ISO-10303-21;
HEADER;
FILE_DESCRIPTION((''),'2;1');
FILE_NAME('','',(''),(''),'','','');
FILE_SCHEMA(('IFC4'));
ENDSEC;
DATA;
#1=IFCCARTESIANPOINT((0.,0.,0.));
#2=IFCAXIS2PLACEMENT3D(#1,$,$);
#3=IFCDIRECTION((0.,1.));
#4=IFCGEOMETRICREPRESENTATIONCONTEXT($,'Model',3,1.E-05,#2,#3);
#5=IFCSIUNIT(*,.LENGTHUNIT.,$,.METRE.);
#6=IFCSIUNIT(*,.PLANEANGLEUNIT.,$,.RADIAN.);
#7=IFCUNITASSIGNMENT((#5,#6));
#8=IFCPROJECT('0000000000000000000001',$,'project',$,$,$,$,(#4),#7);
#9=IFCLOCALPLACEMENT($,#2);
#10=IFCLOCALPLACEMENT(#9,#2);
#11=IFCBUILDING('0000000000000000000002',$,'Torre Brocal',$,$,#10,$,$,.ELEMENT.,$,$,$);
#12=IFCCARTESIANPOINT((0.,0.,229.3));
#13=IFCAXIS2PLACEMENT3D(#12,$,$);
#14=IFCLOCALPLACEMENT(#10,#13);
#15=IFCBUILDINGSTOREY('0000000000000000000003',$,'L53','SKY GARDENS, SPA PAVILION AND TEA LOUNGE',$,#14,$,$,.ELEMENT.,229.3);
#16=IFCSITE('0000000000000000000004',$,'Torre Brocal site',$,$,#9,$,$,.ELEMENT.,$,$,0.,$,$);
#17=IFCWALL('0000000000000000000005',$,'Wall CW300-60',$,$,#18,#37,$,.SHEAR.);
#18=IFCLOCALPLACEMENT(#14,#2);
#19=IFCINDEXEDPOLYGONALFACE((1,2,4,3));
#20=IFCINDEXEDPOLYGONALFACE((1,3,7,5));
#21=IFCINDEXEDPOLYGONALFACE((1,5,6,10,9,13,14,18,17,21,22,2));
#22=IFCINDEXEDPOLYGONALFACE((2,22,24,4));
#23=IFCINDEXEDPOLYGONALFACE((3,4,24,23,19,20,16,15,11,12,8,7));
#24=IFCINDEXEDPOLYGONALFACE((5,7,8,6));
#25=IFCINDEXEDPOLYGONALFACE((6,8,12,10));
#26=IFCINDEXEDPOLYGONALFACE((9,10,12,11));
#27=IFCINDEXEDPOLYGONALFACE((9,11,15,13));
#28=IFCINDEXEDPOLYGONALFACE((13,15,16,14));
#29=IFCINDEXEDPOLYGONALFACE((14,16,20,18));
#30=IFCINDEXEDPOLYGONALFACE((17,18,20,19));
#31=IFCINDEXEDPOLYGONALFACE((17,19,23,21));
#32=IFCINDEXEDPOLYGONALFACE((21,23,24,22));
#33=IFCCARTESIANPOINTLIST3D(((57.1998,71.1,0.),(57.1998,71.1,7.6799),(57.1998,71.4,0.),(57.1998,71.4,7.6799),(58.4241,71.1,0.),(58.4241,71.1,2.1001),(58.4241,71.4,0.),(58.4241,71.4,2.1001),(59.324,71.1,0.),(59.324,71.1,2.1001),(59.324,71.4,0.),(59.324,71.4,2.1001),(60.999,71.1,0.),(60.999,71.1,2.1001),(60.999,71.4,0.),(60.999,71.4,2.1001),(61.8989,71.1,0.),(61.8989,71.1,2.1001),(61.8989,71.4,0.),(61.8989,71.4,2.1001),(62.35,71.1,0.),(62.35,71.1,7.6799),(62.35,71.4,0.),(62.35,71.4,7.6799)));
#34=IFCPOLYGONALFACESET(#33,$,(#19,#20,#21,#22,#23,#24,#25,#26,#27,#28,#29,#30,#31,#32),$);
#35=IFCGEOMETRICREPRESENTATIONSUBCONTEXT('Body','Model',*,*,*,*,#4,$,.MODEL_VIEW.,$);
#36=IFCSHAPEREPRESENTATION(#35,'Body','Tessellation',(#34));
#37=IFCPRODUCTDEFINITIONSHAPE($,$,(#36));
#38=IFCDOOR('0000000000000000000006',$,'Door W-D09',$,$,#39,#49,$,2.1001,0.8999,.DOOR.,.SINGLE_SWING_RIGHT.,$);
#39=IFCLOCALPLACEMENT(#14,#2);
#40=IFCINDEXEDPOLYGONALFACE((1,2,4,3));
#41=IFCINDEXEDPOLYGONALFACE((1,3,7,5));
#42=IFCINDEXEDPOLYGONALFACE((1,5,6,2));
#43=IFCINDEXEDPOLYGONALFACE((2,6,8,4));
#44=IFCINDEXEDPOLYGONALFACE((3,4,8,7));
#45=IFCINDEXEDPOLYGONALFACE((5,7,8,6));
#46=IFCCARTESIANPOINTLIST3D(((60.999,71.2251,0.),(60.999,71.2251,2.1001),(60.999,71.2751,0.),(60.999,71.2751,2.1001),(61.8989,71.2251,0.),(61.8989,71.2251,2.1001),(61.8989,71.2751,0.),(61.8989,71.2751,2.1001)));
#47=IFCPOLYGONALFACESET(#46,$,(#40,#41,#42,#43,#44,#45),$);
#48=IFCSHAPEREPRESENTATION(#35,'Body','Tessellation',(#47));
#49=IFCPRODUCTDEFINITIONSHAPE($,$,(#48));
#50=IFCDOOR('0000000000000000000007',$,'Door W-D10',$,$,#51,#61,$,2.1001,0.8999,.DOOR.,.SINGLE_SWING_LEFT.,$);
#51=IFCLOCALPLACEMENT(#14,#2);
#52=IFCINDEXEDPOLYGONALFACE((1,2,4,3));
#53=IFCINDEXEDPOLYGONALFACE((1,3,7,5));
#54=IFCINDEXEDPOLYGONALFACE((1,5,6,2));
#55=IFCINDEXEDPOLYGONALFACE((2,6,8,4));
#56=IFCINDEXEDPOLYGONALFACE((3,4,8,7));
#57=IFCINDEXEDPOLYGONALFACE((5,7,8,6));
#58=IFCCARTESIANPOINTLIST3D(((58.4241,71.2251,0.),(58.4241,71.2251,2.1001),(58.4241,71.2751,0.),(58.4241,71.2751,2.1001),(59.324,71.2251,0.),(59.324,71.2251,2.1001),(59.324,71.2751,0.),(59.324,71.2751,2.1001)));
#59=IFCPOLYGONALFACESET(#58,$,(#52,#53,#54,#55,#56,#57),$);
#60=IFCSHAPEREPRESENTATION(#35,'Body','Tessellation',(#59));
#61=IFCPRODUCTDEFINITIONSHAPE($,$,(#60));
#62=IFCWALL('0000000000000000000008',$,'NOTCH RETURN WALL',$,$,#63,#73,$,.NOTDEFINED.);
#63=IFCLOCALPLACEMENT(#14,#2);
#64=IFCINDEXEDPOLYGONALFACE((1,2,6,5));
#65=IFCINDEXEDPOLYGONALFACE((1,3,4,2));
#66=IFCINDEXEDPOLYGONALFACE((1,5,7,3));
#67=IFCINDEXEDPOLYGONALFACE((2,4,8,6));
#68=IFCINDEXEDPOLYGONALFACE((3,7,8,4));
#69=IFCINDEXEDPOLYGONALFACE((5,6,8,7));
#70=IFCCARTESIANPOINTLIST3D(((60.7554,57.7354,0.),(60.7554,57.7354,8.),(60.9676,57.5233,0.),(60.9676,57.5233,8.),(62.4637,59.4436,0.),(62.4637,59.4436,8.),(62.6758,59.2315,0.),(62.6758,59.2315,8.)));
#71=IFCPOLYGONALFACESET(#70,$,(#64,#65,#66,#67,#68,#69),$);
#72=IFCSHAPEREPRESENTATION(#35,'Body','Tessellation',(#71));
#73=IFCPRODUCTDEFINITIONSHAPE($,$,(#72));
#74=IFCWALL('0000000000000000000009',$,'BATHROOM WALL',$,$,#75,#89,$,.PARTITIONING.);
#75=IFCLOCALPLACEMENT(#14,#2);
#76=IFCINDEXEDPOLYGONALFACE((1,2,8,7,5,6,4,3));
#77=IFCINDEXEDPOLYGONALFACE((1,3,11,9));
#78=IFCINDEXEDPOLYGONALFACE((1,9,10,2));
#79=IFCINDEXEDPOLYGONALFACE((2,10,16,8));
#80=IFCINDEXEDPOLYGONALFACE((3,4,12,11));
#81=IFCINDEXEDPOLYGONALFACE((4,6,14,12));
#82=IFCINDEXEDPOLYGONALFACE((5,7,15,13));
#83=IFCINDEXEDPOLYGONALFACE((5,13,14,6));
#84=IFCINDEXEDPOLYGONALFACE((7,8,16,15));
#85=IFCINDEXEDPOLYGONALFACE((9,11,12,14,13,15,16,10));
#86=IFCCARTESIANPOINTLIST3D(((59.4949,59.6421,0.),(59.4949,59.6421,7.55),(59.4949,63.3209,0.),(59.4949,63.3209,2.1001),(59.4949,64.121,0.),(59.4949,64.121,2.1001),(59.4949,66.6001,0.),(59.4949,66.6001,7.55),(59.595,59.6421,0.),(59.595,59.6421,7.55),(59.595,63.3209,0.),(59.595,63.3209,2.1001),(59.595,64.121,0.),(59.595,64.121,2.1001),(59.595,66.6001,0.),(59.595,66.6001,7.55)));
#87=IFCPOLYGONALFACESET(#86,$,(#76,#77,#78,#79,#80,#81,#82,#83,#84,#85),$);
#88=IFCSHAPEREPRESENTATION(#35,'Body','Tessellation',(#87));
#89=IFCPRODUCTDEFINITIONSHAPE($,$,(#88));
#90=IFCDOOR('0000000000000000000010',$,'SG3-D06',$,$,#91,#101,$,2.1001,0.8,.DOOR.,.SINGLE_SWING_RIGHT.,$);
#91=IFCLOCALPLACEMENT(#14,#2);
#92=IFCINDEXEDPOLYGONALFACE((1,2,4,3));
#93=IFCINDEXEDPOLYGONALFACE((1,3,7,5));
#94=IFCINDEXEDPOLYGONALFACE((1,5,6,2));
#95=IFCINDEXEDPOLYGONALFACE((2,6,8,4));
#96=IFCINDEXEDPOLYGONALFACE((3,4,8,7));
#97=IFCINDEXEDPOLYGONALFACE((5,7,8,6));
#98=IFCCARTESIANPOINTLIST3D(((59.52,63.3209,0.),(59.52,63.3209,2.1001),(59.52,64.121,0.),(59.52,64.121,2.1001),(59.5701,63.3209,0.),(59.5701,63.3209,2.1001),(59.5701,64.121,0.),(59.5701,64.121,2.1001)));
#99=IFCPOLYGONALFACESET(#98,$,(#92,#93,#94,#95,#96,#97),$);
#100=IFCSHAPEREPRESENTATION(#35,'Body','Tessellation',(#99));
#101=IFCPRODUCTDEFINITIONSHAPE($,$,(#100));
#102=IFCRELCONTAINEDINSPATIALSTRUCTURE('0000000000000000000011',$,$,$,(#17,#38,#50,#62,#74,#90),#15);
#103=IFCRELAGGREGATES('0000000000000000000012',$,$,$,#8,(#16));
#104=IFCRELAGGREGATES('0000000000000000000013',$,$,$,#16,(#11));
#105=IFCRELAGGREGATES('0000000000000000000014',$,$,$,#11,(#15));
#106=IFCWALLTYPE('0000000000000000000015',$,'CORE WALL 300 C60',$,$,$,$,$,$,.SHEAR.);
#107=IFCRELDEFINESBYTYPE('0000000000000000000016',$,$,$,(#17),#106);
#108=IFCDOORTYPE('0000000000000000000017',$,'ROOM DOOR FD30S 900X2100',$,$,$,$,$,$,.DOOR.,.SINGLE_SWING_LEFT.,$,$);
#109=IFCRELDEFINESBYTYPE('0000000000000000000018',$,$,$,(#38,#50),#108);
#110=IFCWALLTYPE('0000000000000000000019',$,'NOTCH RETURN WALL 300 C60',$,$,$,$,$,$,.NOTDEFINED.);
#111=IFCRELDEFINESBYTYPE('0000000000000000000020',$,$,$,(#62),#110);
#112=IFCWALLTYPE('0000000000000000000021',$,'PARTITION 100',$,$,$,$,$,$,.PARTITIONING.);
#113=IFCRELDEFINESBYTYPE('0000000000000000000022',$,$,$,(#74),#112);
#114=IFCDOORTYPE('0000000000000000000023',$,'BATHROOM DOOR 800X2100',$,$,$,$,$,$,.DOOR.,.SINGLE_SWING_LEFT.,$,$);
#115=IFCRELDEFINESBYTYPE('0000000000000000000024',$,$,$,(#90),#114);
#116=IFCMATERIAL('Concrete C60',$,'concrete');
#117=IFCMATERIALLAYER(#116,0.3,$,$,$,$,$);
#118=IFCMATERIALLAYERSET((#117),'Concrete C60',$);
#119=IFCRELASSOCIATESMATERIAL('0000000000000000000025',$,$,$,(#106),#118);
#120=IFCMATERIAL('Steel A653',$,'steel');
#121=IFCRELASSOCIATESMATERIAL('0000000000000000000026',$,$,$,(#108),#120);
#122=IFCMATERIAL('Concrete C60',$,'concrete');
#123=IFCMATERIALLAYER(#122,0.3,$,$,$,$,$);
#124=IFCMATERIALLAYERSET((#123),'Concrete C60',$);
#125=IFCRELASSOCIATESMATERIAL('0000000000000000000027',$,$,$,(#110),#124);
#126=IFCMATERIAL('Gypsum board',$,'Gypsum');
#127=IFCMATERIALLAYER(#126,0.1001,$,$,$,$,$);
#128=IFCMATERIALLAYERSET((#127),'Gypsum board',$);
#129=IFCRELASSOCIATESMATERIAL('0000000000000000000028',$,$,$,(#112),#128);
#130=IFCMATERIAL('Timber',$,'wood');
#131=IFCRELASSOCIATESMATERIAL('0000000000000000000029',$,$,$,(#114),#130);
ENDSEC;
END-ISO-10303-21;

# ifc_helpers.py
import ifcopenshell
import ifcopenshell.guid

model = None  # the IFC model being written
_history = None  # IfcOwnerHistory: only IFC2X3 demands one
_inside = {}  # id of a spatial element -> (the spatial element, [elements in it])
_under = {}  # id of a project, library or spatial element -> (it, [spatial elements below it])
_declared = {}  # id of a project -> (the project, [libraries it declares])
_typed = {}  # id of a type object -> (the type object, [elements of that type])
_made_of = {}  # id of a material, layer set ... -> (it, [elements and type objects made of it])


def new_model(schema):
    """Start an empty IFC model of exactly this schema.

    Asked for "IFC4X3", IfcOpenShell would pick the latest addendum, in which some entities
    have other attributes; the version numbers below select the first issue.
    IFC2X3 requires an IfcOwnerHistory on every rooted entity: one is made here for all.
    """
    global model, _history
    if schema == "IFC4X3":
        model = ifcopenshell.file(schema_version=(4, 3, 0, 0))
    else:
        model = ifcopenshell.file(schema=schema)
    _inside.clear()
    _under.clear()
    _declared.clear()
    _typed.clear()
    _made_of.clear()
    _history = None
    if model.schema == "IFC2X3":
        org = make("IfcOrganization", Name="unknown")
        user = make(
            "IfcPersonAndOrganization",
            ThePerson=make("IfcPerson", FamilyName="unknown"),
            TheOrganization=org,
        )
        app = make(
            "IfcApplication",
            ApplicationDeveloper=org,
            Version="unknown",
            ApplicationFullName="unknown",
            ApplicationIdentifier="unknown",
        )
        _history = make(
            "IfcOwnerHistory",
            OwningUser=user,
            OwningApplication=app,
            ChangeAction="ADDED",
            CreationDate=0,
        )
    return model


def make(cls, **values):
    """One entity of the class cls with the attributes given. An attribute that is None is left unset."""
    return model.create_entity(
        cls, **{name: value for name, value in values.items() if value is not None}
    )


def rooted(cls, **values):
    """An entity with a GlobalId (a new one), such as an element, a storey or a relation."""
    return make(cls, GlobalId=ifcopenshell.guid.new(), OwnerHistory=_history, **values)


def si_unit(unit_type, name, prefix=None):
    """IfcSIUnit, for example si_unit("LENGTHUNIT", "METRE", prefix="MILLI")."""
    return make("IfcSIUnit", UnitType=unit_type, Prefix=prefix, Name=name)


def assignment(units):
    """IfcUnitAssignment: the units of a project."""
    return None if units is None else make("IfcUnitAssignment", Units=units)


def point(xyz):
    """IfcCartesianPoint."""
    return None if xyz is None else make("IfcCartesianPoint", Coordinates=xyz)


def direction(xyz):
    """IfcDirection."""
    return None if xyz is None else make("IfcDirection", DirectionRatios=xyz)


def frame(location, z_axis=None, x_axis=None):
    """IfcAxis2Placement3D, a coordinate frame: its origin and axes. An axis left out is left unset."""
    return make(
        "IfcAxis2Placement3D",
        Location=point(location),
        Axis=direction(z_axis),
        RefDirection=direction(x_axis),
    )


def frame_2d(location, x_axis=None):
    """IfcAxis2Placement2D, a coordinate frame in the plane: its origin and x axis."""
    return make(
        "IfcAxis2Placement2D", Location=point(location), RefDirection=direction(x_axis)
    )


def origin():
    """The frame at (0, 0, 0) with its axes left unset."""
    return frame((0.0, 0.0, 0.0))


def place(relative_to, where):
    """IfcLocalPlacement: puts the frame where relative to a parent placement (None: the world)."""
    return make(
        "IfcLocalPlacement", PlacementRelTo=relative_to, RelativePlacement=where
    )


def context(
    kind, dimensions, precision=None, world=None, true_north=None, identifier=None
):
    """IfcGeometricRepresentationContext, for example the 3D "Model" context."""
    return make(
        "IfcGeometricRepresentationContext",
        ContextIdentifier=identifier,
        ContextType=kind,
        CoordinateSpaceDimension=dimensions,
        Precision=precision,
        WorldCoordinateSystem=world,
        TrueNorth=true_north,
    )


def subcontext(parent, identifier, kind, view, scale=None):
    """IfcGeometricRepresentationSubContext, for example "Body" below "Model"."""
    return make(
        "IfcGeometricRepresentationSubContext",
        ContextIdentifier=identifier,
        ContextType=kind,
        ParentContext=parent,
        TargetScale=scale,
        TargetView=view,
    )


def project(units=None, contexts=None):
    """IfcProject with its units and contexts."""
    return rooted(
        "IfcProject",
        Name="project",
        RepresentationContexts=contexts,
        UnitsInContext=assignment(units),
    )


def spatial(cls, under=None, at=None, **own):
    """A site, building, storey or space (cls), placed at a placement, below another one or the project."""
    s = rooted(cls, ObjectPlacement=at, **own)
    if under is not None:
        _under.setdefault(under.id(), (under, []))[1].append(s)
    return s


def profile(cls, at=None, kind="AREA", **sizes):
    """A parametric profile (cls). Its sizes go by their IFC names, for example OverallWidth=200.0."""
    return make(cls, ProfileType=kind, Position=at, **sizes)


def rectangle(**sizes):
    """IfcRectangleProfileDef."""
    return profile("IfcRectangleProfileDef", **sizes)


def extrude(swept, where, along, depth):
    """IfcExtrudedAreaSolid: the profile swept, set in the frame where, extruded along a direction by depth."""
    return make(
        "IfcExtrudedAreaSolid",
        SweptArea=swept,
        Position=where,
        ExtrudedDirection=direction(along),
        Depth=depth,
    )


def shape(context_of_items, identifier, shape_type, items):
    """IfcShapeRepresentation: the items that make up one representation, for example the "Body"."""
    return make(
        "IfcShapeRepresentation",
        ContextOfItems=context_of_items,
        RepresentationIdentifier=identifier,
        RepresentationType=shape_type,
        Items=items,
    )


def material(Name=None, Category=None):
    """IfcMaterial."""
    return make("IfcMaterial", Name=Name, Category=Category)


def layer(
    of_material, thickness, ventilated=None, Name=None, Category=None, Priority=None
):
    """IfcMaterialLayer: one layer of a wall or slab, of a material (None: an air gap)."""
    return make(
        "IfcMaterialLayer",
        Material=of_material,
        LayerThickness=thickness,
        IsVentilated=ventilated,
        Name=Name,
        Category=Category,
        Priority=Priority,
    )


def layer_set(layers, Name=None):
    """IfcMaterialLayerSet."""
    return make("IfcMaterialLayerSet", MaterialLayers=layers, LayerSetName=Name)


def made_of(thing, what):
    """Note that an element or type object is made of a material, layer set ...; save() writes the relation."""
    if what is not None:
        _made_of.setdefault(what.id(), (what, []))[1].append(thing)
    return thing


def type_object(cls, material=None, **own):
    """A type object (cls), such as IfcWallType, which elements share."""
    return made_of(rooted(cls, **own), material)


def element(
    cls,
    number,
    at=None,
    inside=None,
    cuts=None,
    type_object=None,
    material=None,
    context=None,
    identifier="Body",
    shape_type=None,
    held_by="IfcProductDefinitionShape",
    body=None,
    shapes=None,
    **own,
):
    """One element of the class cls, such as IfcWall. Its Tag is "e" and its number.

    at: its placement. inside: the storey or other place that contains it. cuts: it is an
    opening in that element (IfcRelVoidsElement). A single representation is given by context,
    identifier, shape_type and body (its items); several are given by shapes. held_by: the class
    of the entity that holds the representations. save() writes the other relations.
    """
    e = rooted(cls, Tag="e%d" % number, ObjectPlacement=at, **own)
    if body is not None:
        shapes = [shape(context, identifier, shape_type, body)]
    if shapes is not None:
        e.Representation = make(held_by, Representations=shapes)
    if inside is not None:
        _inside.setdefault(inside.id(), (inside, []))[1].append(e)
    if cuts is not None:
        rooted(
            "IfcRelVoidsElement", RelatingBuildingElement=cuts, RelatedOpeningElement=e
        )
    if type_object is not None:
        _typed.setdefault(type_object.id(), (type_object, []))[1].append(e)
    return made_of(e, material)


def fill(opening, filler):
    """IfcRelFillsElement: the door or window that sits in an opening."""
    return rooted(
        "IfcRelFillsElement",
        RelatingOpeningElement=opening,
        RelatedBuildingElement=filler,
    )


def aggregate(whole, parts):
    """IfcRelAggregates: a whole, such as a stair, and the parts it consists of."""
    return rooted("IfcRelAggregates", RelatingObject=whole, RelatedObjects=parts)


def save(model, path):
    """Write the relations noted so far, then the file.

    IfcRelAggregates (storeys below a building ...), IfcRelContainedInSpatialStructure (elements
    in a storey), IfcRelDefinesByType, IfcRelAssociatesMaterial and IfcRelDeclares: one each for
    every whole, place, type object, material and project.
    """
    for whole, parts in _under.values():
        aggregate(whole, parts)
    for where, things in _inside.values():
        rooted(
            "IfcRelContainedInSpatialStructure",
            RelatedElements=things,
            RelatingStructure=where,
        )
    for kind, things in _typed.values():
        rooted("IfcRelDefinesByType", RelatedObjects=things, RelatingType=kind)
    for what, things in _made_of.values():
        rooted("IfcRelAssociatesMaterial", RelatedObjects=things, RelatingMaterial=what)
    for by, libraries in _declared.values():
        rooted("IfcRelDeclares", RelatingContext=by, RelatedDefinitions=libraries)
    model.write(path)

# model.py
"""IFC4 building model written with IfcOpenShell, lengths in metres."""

from ifc_helpers import new_model, si_unit, direction, frame, frame_2d, origin, place, context, subcontext, project, spatial, rectangle, extrude, material, layer, layer_set, type_object, element, fill, save


model = new_model("IFC4")

# Units and contexts
model_context = context("Model", 3, precision=1e-05, world=origin(), true_north=direction((0.0, 1.0)))
body_context = subcontext(model_context, "Body", "Model", "MODEL_VIEW")
ifc_project = project(units=[si_unit("LENGTHUNIT", "METRE"), si_unit("PLANEANGLEUNIT", "RADIAN")], contexts=[model_context])

# Site, building, storey
site_placement = place(None, origin())
site = spatial("IfcSite", under=ifc_project, at=site_placement, Name="Torre Brocal site", CompositionType="ELEMENT", RefElevation=0.0)
building_placement = place(site_placement, origin())
building = spatial("IfcBuilding", under=site, at=building_placement, Name="Torre Brocal", CompositionType="ELEMENT")
storey_placement = place(building_placement, frame((0.0, 0.0, 229.3)))
storey = spatial("IfcBuildingStorey", under=building, at=storey_placement, Name="L53", Description="SKY GARDENS, SPA PAVILION AND TEA LOUNGE", CompositionType="ELEMENT", Elevation=229.3)

# Shared definitions
ifc_material_1 = material(Name="Concrete C60", Category="concrete")
ifc_layer_1 = layer(ifc_material_1, 0.3)
ifc_layer_set_1 = layer_set([ifc_layer_1], Name="Concrete C60")
wall_type_1 = type_object("IfcWallType", Name="CORE WALL 300 C60", PredefinedType="SHEAR", material=ifc_layer_set_1)

# Wall, openings, doors
wall_1_placement = place(storey_placement, frame((62.3501, 71.25, 0.0), z_axis=(0.0, 0.0, 1.0), x_axis=(-1.0, 0.0, 0.0)))
wall_1 = element("IfcWall", 1, at=wall_1_placement, inside=storey, type_object=wall_type_1, Name="Wall CW300-60", PredefinedType="SHEAR", context=body_context, shape_type="SweptSolid", body=[
    extrude(rectangle(XDim=5.1501, YDim=0.3, at=frame_2d((2.5752, 0.0))), origin(), (0.0, 0.0, 1.0), 7.6799),
])
opening_1_placement = place(wall_1_placement, frame((0.4512, 0.0, 0.0)))
opening_1 = element("IfcOpeningElement", 2, at=opening_1_placement, cuts=wall_1, PredefinedType="OPENING", context=body_context, shape_type="SweptSolid", body=[
    extrude(rectangle(XDim=0.8999, YDim=2.1001, at=frame_2d((0.45, 1.05))), frame((0.0, 0.1599, 0.0), z_axis=(0.0, -1.0, 0.0), x_axis=(1.0, 0.0, 0.0)), (0.0, 0.0, 1.0), 0.3201),
])
opening_2_placement = place(wall_1_placement, frame((3.0261, 0.0, 0.0)))
opening_2 = element("IfcOpeningElement", 3, at=opening_2_placement, cuts=wall_1, PredefinedType="OPENING", context=body_context, shape_type="SweptSolid", body=[
    extrude(rectangle(XDim=0.8999, YDim=2.1001, at=frame_2d((0.45, 1.05))), frame((0.0, 0.1599, 0.0), z_axis=(0.0, -1.0, 0.0), x_axis=(1.0, 0.0, 0.0)), (0.0, 0.0, 1.0), 0.3201),
])
ifc_material_2 = material(Name="Steel A653", Category="steel")
door_type_1 = type_object("IfcDoorType", Name="ROOM DOOR FD30S 900X2100", OperationType="SINGLE_SWING_LEFT", PredefinedType="DOOR", material=ifc_material_2)
door_1_placement = place(opening_1_placement, origin())
door_1 = element("IfcDoor", 4, at=door_1_placement, inside=storey, type_object=door_type_1, Name="Door W-D09", OperationType="SINGLE_SWING_RIGHT", OverallHeight=2.1001, OverallWidth=0.8999, PredefinedType="DOOR", context=body_context, shape_type="SweptSolid", body=[
    extrude(rectangle(XDim=0.8999, YDim=2.1001, at=frame_2d((0.45, 1.05))), frame((0.0, 0.0249, 0.0), z_axis=(0.0, -1.0, 0.0), x_axis=(1.0, 0.0, 0.0)), (0.0, 0.0, 1.0), 0.05),
])
fill(opening_1, door_1)
door_2_placement = place(opening_2_placement, origin())
door_2 = element("IfcDoor", 5, at=door_2_placement, inside=storey, type_object=door_type_1, Name="Door W-D10", OperationType="SINGLE_SWING_LEFT", OverallHeight=2.1001, OverallWidth=0.8999, PredefinedType="DOOR", context=body_context, shape_type="SweptSolid", body=[
    extrude(rectangle(XDim=0.8999, YDim=2.1001, at=frame_2d((0.45, 1.05))), frame((0.0, 0.0249, 0.0), z_axis=(0.0, -1.0, 0.0), x_axis=(1.0, 0.0, 0.0)), (0.0, 0.0, 1.0), 0.05),
])
fill(opening_2, door_2)

# Wall
ifc_material_3 = material(Name="Concrete C60", Category="concrete")
ifc_layer_2 = layer(ifc_material_3, 0.3)
ifc_layer_set_2 = layer_set([ifc_layer_2], Name="Concrete C60")
wall_type_2 = type_object("IfcWallType", Name="NOTCH RETURN WALL 300 C60", PredefinedType="NOTDEFINED", material=ifc_layer_set_2)
wall_2_placement = place(storey_placement, frame((62.5698, 59.3376, 0.0), z_axis=(0.0, 0.0, 1.0), x_axis=(-0.707107, -0.707107, 0.0)))
element("IfcWall", 6, at=wall_2_placement, inside=storey, type_object=wall_type_2, Name="NOTCH RETURN WALL", PredefinedType="NOTDEFINED", context=body_context, shape_type="SweptSolid", body=[
    extrude(rectangle(XDim=2.4158, YDim=0.3, at=frame_2d((1.208, 0.0))), origin(), (0.0, 0.0, 1.0), 8.0),
])

# Wall, opening, door
ifc_material_4 = material(Name="Gypsum board", Category="Gypsum")
ifc_layer_3 = layer(ifc_material_4, 0.1001)
ifc_layer_set_3 = layer_set([ifc_layer_3], Name="Gypsum board")
wall_type_3 = type_object("IfcWallType", Name="PARTITION 100", PredefinedType="PARTITIONING", material=ifc_layer_set_3)
wall_3_placement = place(storey_placement, frame((59.5449, 59.6421, 0.0), z_axis=(0.0, 0.0, 1.0), x_axis=(0.0, 1.0, 0.0)))
wall_3 = element("IfcWall", 7, at=wall_3_placement, inside=storey, type_object=wall_type_3, Name="BATHROOM WALL", PredefinedType="PARTITIONING", context=body_context, shape_type="SweptSolid", body=[
    extrude(rectangle(XDim=6.958, YDim=0.1001, at=frame_2d((3.479, 0.0))), origin(), (0.0, 0.0, 1.0), 7.55),
])
opening_3_placement = place(wall_3_placement, frame((3.679, 0.0, 0.0)))
opening_3 = element("IfcOpeningElement", 8, at=opening_3_placement, cuts=wall_3, PredefinedType="OPENING", context=body_context, shape_type="SweptSolid", body=[
    extrude(rectangle(XDim=0.8, YDim=2.1001, at=frame_2d((0.3999, 1.05))), frame((0.0, 0.0601, 0.0), z_axis=(0.0, -1.0, 0.0), x_axis=(1.0, 0.0, 0.0)), (0.0, 0.0, 1.0), 0.1201),
])
ifc_material_5 = material(Name="Timber", Category="wood")
door_type_2 = type_object("IfcDoorType", Name="BATHROOM DOOR 800X2100", OperationType="SINGLE_SWING_LEFT", PredefinedType="DOOR", material=ifc_material_5)
door_3_placement = place(opening_3_placement, origin())
door_3 = element("IfcDoor", 9, at=door_3_placement, inside=storey, type_object=door_type_2, Name="SG3-D06", OperationType="SINGLE_SWING_RIGHT", OverallHeight=2.1001, OverallWidth=0.8, PredefinedType="DOOR", context=body_context, shape_type="SweptSolid", body=[
    extrude(rectangle(XDim=0.8, YDim=2.1001, at=frame_2d((0.3999, 1.05))), frame((0.0, 0.0249, 0.0), z_axis=(0.0, -1.0, 0.0), x_axis=(1.0, 0.0, 0.0)), (0.0, 0.0, 1.0), 0.05),
])
fill(opening_3, door_3)

save(model, "model.ifc")
